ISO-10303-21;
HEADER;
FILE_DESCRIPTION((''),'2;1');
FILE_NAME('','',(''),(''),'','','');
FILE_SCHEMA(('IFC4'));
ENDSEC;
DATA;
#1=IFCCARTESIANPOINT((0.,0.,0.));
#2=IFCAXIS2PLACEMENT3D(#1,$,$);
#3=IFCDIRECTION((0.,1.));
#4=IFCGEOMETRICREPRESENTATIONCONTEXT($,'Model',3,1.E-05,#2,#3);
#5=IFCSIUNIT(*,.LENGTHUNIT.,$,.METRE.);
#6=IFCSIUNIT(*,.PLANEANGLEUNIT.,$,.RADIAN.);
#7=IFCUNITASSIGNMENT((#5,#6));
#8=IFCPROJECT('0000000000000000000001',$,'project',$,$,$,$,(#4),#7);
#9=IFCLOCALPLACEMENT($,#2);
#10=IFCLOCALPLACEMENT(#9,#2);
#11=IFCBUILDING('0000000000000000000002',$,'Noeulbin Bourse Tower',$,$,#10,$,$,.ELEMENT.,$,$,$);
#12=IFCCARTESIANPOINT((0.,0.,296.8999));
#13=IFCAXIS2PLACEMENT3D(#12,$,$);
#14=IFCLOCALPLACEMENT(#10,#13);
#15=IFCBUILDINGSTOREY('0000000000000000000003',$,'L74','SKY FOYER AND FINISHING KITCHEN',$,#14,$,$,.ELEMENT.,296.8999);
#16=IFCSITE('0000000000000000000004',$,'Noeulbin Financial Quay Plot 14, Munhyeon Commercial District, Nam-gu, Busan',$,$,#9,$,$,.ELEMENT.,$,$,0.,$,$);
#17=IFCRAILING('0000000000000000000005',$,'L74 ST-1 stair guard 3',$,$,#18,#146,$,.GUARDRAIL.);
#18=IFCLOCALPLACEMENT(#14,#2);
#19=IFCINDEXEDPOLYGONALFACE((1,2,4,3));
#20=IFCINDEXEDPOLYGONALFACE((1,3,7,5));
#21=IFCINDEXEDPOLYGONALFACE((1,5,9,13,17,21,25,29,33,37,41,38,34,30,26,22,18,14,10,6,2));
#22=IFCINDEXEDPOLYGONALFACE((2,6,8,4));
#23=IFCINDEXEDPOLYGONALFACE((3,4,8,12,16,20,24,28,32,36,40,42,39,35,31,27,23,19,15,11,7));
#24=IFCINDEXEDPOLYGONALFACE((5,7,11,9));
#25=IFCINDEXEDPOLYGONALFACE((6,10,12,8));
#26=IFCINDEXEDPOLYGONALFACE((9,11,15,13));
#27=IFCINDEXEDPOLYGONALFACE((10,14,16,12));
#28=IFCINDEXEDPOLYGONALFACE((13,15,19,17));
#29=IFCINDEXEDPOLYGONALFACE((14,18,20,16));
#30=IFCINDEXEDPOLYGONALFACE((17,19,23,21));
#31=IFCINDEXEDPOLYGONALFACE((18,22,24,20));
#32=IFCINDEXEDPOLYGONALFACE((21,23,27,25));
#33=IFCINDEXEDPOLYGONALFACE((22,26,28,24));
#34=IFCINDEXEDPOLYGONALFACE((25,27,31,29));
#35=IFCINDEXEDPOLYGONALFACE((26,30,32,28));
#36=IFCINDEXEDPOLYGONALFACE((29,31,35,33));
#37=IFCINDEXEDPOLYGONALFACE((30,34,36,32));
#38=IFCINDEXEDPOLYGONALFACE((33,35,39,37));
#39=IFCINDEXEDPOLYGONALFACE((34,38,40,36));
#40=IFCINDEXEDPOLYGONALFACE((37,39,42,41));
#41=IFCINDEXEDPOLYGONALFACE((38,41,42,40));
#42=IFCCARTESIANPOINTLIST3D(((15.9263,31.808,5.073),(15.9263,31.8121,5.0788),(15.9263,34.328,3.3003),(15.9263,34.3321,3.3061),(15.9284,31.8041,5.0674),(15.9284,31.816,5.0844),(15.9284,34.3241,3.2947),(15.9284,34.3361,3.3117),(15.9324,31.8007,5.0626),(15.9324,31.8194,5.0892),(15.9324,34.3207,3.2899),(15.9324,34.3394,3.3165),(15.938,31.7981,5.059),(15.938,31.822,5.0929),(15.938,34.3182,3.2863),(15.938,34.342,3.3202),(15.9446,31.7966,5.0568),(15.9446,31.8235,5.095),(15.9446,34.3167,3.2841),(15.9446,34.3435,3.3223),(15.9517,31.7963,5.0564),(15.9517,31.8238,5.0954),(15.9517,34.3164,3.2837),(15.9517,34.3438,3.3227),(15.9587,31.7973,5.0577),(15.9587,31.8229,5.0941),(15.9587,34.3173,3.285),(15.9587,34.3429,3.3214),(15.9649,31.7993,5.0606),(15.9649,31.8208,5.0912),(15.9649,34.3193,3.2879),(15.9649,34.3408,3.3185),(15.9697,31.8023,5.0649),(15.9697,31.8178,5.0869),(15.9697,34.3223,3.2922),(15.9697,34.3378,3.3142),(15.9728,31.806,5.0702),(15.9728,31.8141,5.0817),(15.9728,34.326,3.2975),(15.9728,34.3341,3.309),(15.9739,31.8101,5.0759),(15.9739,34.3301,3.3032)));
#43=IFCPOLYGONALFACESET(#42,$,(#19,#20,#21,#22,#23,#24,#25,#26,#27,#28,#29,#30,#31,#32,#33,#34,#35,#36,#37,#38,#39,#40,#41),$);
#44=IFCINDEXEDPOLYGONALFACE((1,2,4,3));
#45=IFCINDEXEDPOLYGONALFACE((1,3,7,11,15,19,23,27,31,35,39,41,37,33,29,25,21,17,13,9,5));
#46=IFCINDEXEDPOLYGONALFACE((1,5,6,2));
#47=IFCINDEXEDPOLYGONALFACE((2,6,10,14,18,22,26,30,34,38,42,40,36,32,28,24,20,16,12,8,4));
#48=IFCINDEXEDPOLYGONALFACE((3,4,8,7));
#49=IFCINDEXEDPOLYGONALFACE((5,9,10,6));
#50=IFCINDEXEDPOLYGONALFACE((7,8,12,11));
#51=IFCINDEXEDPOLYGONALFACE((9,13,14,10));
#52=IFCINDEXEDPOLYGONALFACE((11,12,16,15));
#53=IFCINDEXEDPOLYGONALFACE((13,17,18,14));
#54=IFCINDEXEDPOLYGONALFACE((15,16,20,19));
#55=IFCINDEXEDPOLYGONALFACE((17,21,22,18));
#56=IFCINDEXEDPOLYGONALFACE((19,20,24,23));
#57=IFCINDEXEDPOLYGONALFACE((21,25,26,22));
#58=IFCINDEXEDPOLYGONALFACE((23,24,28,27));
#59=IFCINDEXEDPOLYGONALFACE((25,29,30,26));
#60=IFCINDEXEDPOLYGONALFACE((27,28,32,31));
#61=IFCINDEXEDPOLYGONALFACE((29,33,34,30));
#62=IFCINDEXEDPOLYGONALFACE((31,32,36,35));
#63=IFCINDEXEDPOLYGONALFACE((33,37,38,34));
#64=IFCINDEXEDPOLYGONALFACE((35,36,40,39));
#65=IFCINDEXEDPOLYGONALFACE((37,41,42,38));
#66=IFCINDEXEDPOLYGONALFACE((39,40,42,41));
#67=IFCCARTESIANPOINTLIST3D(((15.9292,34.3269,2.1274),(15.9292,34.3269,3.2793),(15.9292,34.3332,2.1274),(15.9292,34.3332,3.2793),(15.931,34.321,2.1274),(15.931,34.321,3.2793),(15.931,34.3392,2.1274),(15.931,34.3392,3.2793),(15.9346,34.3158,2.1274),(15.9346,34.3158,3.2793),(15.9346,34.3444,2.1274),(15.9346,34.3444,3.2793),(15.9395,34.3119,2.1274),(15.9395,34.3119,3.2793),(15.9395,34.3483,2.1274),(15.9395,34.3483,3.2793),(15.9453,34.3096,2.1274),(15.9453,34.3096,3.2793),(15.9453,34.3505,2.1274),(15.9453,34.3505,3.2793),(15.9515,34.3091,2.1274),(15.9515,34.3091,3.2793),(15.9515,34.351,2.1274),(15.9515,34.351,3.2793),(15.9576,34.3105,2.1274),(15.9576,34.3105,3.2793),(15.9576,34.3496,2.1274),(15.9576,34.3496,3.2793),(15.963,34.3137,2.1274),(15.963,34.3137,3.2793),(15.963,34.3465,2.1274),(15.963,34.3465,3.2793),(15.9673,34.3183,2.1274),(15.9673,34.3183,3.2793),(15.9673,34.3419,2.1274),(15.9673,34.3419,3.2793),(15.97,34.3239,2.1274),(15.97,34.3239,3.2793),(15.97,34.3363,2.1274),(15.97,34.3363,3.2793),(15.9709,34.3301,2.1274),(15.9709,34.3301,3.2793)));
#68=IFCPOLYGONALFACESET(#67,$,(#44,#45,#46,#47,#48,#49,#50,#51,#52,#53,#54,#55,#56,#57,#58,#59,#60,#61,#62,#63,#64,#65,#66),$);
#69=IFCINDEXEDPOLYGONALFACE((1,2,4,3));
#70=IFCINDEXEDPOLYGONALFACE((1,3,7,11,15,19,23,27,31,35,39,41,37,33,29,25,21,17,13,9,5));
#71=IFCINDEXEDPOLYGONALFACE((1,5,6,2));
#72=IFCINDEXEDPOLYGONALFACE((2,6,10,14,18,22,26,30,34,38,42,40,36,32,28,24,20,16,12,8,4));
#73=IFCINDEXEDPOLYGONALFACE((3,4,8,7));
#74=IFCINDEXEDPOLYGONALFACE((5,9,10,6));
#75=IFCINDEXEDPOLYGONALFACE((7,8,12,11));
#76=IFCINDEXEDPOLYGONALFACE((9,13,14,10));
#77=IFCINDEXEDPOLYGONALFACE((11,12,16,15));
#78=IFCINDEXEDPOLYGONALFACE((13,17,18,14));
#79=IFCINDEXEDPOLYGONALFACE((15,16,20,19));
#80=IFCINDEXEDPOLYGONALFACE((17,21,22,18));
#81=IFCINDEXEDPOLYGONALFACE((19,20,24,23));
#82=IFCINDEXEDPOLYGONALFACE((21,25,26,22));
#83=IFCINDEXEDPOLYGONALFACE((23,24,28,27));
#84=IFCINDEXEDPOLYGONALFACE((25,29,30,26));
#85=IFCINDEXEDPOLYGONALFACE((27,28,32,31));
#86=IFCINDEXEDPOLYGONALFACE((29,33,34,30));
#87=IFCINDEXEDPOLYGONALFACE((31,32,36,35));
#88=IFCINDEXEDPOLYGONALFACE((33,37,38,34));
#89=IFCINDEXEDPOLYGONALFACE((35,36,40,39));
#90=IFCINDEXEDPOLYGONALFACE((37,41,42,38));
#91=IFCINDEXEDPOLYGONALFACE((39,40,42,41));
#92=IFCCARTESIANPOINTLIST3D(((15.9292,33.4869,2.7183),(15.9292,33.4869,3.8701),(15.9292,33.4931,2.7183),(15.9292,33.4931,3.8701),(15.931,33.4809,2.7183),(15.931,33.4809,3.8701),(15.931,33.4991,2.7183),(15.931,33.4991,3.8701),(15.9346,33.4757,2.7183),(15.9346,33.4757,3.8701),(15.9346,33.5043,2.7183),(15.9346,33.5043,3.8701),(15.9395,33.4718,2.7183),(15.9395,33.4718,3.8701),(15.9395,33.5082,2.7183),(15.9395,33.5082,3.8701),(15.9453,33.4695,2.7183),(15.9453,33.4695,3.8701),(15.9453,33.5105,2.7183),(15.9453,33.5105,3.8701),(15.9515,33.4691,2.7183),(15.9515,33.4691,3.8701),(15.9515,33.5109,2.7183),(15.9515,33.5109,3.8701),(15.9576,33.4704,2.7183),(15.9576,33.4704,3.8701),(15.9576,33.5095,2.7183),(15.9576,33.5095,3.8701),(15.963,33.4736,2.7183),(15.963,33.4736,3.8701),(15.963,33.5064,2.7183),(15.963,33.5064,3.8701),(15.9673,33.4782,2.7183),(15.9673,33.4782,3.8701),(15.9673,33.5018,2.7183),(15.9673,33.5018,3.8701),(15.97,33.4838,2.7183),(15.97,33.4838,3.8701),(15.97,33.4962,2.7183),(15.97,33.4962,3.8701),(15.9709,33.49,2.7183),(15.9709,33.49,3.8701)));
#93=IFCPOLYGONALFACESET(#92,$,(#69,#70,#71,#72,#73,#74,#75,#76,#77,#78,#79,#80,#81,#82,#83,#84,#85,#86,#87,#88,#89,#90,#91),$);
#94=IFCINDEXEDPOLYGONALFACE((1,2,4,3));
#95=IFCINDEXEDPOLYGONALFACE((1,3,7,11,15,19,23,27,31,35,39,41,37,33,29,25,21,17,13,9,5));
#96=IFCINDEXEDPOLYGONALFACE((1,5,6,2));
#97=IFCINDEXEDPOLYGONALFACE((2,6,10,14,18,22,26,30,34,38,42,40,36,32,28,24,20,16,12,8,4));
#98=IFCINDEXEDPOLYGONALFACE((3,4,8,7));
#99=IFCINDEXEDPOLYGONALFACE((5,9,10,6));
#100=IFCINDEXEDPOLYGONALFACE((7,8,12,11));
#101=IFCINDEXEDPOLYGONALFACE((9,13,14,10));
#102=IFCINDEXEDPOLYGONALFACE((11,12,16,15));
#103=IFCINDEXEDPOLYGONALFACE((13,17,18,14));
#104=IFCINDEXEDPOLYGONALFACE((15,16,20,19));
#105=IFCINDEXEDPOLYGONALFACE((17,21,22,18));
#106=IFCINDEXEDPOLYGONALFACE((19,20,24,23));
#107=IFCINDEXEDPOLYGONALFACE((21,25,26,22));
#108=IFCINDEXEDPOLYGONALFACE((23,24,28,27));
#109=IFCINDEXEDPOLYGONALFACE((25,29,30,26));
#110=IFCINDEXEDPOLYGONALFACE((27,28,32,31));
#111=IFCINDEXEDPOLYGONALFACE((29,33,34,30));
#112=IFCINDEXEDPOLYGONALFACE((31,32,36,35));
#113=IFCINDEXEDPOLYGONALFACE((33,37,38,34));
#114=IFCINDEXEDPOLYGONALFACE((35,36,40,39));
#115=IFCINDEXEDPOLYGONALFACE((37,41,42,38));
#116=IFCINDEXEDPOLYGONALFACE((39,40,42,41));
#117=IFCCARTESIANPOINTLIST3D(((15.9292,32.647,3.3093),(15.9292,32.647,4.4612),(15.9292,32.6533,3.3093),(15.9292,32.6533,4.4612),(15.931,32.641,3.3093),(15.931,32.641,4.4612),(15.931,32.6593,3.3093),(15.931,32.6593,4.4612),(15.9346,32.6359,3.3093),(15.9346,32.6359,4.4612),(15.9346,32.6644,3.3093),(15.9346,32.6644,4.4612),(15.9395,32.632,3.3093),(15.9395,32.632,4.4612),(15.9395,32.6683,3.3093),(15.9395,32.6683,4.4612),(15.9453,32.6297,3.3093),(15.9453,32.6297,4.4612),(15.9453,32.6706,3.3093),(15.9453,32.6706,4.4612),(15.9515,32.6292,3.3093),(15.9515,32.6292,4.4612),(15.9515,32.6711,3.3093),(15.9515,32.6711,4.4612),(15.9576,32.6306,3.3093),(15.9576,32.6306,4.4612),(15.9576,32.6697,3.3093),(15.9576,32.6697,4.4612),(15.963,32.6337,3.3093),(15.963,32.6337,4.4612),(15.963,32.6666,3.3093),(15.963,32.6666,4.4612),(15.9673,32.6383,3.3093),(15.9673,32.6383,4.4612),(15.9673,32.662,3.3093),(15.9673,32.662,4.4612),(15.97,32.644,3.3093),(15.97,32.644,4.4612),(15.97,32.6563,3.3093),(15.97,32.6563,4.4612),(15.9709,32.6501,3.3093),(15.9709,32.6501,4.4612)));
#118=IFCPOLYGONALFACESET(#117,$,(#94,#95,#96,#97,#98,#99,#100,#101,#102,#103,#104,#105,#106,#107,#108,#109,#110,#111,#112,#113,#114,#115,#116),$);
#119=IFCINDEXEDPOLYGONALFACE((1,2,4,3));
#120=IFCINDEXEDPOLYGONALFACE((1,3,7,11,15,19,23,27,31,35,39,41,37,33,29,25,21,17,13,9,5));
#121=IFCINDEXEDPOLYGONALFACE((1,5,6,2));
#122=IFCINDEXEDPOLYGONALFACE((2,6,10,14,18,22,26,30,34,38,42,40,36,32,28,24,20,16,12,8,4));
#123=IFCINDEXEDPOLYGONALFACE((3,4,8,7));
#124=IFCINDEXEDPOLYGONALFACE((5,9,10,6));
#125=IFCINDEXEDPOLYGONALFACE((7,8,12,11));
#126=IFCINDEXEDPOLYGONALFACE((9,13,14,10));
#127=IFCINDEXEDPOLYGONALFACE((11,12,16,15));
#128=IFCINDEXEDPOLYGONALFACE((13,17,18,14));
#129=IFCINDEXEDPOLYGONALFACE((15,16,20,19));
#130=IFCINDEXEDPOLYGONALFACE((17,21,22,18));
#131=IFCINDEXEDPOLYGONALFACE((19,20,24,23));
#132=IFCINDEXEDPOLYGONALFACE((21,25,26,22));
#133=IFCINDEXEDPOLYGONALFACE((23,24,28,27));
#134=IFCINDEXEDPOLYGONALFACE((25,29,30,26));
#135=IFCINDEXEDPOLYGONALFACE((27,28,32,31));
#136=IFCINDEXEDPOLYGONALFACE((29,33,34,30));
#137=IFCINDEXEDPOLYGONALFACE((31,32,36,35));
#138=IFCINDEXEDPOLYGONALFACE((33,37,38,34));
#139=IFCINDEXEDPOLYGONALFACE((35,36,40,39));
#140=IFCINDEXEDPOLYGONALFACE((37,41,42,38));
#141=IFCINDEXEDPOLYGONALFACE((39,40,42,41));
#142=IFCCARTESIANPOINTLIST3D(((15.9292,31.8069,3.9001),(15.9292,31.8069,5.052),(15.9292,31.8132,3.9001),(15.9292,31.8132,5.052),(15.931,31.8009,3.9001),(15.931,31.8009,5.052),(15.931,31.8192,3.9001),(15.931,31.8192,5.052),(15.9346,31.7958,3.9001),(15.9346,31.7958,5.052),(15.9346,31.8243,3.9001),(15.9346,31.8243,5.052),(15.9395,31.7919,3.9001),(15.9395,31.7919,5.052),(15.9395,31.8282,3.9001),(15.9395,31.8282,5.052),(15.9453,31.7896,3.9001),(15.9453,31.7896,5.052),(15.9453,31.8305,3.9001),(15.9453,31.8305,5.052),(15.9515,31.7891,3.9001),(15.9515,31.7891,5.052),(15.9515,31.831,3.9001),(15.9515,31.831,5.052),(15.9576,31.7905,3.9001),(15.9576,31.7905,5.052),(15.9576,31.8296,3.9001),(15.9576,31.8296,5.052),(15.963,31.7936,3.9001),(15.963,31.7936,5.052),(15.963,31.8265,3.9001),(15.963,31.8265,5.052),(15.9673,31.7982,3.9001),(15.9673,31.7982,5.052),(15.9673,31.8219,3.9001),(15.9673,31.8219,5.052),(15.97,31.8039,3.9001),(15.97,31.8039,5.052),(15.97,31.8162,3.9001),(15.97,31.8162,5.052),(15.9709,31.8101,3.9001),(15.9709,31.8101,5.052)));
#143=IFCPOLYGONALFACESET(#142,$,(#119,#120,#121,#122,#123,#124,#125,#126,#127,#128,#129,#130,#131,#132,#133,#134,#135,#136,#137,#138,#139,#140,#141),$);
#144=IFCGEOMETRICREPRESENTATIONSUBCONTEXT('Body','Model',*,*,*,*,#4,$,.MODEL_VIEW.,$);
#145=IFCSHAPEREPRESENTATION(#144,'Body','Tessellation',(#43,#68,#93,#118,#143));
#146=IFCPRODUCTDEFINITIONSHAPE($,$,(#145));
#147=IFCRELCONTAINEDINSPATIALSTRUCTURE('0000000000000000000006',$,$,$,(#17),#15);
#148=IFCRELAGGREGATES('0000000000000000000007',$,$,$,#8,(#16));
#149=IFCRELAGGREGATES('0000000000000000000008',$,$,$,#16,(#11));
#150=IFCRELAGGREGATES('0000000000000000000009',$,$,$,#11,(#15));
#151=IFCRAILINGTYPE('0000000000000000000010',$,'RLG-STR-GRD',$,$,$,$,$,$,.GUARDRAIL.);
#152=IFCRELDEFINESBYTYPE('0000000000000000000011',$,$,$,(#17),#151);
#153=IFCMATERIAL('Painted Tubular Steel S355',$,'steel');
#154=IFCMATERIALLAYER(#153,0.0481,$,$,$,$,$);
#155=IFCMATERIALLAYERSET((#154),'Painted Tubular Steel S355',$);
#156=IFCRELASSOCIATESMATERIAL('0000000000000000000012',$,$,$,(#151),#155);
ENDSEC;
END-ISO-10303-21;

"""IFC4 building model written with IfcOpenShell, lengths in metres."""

from ifc_helpers import new_model, si_unit, direction, frame, origin, origin_2d, place, context, subcontext, project, spatial, circle, extrude, material, layer, layer_set, type_object, element, save


model = new_model("IFC4")

# Units and contexts
model_context = context("Model", 3, precision=1e-05, world=origin(), true_north=direction((0.0, 1.0)))
body_context = subcontext(model_context, "Body", "Model", "MODEL_VIEW")
ifc_project = project(units=[si_unit("LENGTHUNIT", "METRE"), si_unit("PLANEANGLEUNIT", "RADIAN")], contexts=[model_context])

# Site, building, storey
site_placement = place(None, origin())
site = spatial("IfcSite", under=ifc_project, at=site_placement, Name="Noeulbin Financial Quay Plot 14, Munhyeon Commercial District, Nam-gu, Busan", CompositionType="ELEMENT", RefElevation=0.0)
building_placement = place(site_placement, origin())
building = spatial("IfcBuilding", under=site, at=building_placement, Name="Noeulbin Bourse Tower", CompositionType="ELEMENT")
storey_placement = place(building_placement, frame((0.0, 0.0, 296.8999)))
storey = spatial("IfcBuildingStorey", under=building, at=storey_placement, Name="L74", Description="SKY FOYER AND FINISHING KITCHEN", CompositionType="ELEMENT", Elevation=296.8999)

# Railing
ifc_material_1 = material(Name="Painted Tubular Steel S355", Category="steel")
ifc_layer_1 = layer(ifc_material_1, 0.0481)
ifc_layer_set_1 = layer_set([ifc_layer_1], Name="Painted Tubular Steel S355")
railing_type_1 = type_object("IfcRailingType", Name="RLG-STR-GRD", PredefinedType="GUARDRAIL", material=ifc_layer_set_1)
railing_1_placement = place(storey_placement, frame((15.95, 34.3301, 2.1274)))
element("IfcRailing", 1, at=railing_1_placement, inside=storey, type_object=railing_type_1, Name="L74 ST-1 stair guard 3", PredefinedType="GUARDRAIL", context=body_context, shape_type="SweptSolid", body=[
    extrude(circle(Radius=0.0239, at=origin_2d()), frame((0.0, 0.0, 1.1758), z_axis=(0.0, -0.817904, 0.575354), x_axis=(1.0, 0.0, 0.0)), (0.0, 0.0, 1.0), 3.0811),
    extrude(circle(Radius=0.021, at=origin_2d()), origin(), (0.0, 0.0, 1.0), 1.1519),
    extrude(circle(Radius=0.021, at=origin_2d()), frame((0.0, -0.8401, 0.5908)), (0.0, 0.0, 1.0), 1.1519),
    extrude(circle(Radius=0.021, at=origin_2d()), frame((0.0, -1.6799, 1.1819)), (0.0, 0.0, 1.0), 1.1519),
    extrude(circle(Radius=0.021, at=origin_2d()), frame((0.0, -2.52, 1.7727)), (0.0, 0.0, 1.0), 1.1519),
])

save(model, "model.ifc")
